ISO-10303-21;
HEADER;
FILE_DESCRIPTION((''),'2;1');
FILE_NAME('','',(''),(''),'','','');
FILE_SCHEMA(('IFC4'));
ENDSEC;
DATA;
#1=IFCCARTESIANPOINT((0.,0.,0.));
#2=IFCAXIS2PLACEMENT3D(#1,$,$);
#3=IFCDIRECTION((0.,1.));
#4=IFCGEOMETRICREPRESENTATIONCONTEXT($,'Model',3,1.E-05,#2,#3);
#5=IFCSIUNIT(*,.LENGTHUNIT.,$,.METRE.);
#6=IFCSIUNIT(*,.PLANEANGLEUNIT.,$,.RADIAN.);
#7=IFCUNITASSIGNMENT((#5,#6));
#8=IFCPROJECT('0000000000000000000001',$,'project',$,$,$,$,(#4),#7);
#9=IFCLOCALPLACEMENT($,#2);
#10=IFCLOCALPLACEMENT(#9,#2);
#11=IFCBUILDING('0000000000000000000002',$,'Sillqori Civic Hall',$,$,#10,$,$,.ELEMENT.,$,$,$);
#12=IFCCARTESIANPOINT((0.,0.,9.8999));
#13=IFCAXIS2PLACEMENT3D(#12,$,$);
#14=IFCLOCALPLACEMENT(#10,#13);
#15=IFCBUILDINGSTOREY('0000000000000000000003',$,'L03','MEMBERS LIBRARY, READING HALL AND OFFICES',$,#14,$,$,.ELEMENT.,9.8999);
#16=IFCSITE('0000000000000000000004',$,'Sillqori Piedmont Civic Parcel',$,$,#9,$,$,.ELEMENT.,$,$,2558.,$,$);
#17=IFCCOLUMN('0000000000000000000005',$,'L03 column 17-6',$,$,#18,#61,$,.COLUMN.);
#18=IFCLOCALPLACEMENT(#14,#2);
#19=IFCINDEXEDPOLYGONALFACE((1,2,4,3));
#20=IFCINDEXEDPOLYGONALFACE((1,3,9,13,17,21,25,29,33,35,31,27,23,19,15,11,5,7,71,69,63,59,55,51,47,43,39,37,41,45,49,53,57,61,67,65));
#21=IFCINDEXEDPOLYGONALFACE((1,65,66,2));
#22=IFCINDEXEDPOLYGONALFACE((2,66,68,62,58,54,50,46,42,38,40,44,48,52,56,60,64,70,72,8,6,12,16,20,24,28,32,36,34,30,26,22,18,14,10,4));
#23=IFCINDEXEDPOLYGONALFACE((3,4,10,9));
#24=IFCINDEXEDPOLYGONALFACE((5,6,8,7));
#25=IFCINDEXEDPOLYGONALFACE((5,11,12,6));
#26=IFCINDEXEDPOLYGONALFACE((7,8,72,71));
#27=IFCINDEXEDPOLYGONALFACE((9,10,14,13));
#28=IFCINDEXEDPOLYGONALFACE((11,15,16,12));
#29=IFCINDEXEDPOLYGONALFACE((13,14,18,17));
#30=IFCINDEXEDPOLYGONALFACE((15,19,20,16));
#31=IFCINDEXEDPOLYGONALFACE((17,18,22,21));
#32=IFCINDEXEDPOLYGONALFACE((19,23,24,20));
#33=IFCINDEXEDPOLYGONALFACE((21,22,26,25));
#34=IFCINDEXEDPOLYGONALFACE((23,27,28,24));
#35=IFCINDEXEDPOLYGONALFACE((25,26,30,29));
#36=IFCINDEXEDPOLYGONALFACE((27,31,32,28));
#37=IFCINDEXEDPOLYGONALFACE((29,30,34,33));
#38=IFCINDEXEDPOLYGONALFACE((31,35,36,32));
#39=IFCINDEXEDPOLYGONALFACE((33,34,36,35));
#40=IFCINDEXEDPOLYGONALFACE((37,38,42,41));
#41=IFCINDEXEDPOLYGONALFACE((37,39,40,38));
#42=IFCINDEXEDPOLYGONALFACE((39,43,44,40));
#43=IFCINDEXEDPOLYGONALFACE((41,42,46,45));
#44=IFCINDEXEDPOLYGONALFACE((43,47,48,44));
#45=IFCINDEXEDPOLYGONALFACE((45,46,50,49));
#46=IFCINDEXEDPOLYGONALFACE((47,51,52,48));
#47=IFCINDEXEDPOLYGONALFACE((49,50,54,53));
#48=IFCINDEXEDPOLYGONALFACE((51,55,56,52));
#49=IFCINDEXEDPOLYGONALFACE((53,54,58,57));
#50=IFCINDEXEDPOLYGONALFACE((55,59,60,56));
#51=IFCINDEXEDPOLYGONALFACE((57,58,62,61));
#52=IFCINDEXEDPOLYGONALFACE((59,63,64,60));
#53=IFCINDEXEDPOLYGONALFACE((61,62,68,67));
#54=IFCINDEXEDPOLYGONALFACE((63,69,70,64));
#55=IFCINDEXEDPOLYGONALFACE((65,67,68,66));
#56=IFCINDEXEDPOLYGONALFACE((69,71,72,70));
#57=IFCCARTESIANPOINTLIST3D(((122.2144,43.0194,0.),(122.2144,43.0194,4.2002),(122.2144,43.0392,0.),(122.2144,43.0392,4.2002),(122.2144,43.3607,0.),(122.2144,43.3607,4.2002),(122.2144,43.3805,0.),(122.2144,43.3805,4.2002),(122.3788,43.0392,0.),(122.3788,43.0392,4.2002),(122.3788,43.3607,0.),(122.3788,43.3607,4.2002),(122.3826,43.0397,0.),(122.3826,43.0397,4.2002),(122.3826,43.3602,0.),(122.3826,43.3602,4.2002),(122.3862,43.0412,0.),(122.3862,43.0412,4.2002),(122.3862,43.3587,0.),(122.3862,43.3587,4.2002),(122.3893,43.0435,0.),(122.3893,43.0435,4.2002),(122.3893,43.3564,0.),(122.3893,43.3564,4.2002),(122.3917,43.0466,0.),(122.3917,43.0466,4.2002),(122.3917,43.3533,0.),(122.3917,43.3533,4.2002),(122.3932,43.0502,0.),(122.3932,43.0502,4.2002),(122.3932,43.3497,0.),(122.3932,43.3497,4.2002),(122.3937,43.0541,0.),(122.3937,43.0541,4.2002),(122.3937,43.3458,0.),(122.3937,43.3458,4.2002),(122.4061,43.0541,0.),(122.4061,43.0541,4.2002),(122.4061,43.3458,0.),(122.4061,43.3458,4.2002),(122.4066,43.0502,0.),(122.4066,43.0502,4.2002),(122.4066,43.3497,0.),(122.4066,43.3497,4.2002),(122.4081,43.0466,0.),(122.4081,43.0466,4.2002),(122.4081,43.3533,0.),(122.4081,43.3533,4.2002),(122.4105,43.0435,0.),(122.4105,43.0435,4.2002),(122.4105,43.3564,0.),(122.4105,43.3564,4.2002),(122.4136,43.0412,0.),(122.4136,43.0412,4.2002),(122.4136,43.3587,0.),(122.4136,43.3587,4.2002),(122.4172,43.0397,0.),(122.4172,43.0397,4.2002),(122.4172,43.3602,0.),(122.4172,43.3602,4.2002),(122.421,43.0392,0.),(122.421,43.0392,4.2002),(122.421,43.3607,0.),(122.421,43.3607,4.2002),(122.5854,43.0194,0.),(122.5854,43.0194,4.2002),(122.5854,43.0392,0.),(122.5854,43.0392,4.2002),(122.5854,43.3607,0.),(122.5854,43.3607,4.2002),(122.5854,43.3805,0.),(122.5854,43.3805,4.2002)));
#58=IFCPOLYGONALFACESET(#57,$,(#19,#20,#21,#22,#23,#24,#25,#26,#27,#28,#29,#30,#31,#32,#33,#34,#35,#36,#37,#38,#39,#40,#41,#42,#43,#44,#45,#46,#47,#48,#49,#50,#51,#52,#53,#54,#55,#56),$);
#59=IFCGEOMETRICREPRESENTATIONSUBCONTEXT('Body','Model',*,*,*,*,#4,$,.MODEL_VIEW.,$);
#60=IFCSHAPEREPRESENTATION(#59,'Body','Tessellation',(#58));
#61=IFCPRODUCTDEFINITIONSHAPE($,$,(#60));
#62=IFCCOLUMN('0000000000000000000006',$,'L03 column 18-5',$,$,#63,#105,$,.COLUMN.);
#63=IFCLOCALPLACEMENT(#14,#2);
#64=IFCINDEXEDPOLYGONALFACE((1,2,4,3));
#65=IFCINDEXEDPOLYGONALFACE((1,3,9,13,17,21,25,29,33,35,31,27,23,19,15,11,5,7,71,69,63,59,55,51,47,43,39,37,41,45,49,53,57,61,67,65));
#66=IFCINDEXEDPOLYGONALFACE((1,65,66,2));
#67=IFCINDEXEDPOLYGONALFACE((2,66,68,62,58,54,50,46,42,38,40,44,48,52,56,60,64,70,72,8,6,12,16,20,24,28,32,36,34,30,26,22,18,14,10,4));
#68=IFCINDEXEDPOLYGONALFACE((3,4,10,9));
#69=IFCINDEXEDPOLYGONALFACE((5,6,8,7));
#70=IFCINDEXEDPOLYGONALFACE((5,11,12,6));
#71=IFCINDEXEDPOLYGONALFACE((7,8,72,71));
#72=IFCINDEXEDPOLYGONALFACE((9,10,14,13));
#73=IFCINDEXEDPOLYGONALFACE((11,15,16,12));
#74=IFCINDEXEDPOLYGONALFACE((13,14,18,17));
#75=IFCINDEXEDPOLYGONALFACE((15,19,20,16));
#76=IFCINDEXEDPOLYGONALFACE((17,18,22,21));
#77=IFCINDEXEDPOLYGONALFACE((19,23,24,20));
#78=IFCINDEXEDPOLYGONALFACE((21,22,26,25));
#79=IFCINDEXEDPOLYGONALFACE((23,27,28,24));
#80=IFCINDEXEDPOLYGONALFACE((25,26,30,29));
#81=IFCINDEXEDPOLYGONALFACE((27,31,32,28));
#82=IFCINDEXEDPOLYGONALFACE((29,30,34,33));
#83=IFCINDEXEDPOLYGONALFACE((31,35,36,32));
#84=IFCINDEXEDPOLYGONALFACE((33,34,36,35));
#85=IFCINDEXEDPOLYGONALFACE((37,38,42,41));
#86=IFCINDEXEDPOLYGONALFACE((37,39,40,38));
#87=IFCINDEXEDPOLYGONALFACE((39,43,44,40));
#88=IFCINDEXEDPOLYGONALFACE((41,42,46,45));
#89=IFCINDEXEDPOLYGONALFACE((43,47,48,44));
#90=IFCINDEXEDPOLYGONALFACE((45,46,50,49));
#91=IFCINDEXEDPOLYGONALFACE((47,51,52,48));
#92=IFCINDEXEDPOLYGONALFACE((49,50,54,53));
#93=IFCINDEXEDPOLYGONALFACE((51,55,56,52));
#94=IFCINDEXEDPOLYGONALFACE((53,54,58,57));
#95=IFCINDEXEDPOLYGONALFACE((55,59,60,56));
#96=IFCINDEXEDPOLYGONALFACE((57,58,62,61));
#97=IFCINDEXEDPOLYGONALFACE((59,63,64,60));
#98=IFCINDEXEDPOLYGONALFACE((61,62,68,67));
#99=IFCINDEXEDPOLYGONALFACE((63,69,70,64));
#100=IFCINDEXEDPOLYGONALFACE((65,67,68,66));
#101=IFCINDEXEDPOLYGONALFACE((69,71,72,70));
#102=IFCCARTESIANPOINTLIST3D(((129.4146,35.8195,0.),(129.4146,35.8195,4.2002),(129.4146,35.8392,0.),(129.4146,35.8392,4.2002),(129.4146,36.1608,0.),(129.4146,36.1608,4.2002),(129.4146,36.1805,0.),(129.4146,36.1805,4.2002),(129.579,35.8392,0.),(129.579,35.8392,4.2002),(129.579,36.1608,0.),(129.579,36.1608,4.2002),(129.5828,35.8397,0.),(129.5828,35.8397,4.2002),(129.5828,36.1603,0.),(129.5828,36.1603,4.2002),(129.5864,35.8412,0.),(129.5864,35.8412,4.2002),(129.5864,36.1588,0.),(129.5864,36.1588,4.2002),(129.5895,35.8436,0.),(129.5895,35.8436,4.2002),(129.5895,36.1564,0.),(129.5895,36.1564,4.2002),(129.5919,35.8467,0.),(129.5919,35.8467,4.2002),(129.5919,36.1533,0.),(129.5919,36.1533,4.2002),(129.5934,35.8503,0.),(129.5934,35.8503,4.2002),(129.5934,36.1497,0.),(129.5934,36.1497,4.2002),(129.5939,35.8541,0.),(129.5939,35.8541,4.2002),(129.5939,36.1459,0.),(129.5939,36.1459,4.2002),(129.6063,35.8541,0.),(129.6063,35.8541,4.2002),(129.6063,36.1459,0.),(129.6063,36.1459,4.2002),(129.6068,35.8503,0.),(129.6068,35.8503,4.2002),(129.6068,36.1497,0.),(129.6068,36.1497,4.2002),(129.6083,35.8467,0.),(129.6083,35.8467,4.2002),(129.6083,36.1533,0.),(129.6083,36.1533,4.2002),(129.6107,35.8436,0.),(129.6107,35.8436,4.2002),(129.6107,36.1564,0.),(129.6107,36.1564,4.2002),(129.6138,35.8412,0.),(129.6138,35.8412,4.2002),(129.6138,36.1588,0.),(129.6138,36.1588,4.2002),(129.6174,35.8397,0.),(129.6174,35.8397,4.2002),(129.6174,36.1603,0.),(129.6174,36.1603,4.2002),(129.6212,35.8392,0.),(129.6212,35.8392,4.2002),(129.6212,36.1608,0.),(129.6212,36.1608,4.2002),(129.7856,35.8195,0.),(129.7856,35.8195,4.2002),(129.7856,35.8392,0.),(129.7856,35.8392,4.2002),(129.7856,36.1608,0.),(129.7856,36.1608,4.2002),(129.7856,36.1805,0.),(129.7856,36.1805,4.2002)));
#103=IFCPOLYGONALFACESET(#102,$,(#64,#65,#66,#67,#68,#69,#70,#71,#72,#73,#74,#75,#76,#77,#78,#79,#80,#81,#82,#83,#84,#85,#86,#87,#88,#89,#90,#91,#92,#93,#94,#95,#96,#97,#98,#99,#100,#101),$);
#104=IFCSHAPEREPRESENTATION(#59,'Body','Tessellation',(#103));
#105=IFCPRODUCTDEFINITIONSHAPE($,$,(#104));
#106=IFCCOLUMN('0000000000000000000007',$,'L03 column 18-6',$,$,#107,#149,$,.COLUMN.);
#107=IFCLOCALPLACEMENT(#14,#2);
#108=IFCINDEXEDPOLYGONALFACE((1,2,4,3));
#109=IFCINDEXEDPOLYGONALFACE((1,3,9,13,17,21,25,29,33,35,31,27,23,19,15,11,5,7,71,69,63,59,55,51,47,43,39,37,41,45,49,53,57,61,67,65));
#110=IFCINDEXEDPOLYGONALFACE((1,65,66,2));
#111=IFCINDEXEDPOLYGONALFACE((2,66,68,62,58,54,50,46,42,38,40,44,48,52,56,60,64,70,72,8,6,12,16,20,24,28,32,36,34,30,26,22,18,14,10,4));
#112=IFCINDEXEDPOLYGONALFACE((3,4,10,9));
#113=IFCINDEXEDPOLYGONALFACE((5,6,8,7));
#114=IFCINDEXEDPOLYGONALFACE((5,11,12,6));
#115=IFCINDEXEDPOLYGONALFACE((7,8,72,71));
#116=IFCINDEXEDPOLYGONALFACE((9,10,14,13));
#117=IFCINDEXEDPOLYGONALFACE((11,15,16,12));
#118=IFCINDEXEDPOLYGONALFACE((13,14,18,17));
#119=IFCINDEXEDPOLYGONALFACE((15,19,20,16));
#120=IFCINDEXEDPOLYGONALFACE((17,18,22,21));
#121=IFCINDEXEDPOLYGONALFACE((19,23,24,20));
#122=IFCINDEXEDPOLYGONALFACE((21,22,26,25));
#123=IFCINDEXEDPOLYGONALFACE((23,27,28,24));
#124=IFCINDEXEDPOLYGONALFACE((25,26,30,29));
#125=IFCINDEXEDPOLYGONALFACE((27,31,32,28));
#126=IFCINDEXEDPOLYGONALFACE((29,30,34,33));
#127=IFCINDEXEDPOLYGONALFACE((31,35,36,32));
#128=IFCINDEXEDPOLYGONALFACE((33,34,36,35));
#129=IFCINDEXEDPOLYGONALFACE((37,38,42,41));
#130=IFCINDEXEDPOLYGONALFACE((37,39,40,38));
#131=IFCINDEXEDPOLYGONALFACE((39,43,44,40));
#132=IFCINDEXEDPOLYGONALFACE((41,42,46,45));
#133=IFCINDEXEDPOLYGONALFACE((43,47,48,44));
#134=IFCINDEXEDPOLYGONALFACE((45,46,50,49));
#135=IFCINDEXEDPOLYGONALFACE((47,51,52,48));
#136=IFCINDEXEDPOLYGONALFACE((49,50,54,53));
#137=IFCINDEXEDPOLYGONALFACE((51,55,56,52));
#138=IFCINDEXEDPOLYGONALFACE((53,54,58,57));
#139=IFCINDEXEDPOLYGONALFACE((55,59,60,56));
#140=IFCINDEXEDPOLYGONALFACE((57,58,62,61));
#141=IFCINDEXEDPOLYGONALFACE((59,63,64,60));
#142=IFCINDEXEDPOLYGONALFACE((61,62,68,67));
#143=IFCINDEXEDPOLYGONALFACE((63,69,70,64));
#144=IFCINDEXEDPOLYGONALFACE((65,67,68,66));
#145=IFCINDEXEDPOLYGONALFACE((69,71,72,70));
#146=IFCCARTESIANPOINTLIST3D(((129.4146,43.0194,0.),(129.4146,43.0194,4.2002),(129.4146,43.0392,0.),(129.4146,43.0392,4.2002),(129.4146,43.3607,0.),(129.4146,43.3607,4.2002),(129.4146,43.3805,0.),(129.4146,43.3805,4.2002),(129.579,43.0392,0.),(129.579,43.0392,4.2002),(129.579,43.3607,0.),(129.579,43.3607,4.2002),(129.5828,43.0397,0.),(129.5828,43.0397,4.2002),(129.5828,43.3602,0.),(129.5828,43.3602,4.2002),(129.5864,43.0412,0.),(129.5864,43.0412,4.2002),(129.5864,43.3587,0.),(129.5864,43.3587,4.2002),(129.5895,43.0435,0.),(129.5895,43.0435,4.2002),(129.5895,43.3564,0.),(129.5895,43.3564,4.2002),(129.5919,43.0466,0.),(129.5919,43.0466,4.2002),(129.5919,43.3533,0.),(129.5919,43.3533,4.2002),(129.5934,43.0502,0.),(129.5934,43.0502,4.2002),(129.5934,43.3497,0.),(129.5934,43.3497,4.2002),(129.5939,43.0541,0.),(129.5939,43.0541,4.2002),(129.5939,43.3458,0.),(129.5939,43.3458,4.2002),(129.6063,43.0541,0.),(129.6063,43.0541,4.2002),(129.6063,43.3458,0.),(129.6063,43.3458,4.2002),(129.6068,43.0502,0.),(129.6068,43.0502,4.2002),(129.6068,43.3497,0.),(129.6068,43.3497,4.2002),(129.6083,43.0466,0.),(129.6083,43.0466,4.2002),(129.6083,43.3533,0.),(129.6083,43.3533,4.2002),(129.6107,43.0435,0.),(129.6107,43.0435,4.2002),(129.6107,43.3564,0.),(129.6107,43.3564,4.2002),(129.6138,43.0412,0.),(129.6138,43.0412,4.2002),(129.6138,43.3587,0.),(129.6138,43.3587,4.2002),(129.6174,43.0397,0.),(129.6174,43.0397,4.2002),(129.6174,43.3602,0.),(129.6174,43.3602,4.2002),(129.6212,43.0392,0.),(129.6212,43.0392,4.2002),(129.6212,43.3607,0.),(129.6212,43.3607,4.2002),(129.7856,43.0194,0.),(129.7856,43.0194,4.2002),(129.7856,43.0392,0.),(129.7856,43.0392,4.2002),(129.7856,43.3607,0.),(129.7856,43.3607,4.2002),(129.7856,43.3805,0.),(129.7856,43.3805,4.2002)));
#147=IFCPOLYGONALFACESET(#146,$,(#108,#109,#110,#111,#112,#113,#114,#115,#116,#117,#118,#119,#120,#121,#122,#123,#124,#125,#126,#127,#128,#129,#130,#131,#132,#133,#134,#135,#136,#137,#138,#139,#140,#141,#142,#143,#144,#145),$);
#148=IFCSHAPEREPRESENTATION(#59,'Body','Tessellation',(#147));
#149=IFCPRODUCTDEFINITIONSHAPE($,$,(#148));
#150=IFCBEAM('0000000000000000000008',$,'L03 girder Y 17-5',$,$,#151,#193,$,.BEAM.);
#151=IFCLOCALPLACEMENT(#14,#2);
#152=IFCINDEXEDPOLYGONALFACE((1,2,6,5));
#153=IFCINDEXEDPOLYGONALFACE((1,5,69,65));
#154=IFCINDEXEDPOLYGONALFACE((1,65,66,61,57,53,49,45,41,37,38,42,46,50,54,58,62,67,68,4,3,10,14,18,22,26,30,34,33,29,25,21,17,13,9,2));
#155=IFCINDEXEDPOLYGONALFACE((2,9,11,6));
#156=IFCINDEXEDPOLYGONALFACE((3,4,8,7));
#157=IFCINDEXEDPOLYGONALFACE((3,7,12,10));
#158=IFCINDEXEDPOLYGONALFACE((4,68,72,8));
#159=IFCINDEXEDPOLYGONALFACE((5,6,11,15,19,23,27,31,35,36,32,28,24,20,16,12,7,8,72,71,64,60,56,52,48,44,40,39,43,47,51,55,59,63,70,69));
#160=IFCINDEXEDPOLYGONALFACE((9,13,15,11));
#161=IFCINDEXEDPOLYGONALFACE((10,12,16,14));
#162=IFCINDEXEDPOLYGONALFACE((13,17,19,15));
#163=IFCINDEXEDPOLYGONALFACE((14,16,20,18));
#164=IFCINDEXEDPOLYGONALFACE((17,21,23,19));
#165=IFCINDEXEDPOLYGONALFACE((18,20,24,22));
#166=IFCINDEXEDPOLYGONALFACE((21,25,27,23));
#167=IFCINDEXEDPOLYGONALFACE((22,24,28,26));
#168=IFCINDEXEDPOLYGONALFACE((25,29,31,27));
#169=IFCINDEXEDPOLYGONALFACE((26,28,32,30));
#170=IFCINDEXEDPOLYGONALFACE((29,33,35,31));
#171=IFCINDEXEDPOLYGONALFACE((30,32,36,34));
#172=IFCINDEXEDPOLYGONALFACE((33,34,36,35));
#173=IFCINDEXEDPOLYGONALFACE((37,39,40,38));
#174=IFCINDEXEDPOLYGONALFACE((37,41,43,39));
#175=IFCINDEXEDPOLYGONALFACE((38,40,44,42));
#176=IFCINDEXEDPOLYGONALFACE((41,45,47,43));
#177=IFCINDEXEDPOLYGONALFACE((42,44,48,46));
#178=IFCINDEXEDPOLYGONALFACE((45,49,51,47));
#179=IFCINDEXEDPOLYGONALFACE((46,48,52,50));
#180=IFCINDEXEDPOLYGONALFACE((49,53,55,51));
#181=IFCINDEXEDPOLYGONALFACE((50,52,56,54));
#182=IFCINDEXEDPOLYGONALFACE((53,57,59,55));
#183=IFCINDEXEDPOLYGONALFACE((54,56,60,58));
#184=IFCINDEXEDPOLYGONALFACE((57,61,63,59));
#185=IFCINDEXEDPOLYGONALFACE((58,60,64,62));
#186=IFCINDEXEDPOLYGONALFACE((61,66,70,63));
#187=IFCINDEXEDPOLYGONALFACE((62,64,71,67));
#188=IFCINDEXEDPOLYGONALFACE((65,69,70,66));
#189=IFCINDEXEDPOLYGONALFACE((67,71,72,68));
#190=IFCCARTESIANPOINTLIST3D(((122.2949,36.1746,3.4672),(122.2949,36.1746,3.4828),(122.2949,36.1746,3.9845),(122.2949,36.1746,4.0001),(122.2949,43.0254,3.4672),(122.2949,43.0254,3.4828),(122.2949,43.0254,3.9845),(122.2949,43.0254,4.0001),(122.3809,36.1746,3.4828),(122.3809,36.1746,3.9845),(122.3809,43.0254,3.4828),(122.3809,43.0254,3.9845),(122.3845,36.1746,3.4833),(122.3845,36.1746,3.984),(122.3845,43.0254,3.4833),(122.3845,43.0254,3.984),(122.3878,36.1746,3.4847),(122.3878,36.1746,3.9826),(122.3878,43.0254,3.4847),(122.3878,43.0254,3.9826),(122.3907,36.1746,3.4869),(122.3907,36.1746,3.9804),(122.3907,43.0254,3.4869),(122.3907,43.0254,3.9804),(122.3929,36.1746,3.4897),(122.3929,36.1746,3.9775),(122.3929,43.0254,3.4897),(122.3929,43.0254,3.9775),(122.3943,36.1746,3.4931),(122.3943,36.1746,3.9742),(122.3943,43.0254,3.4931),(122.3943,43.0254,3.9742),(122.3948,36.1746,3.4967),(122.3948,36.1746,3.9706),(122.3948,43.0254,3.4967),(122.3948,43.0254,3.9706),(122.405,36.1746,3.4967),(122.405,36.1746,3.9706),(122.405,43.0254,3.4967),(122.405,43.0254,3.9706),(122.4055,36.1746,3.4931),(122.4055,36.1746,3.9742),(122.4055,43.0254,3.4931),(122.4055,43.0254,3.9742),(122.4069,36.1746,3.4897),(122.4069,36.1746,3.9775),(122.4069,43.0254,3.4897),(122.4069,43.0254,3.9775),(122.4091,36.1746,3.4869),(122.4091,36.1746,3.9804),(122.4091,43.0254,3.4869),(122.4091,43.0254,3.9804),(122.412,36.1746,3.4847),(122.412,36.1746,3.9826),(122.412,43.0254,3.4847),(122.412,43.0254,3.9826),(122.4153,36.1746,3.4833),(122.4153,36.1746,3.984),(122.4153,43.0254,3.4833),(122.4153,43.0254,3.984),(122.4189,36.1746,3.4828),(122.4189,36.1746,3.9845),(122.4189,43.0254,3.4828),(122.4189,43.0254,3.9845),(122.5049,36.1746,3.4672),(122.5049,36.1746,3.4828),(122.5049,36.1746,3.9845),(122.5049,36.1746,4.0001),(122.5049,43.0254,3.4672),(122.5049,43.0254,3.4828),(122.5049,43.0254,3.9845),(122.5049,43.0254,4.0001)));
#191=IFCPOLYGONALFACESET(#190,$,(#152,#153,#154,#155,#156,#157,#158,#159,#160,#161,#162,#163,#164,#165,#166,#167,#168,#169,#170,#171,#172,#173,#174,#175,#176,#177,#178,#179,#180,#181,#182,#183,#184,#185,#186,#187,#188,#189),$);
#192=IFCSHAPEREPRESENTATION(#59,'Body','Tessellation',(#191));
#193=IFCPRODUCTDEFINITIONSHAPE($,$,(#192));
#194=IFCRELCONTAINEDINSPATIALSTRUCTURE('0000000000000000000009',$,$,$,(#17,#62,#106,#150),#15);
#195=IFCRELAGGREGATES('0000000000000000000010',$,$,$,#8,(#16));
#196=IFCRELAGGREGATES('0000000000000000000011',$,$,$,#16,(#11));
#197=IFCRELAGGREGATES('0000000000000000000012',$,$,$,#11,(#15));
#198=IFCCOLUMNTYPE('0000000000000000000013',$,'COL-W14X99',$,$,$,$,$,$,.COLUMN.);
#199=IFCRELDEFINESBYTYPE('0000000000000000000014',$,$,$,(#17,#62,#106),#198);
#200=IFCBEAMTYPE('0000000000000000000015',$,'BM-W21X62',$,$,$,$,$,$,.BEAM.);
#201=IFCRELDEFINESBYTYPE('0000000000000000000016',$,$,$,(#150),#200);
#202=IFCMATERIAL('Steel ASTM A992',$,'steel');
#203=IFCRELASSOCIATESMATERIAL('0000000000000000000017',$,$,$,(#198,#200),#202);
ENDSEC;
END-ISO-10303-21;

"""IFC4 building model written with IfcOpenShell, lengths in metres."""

from ifc_helpers import new_model, si_unit, direction, frame, origin, origin_2d, place, context, subcontext, project, spatial, i_section, extrude, material, material_profile, profile_set, type_object, element, save


model = new_model("IFC4")

# Units and contexts
model_context = context("Model", 3, precision=1e-05, world=origin(), true_north=direction((0.0, 1.0)))
body_context = subcontext(model_context, "Body", "Model", "MODEL_VIEW")
ifc_project = project(units=[si_unit("LENGTHUNIT", "METRE"), si_unit("PLANEANGLEUNIT", "RADIAN")], contexts=[model_context])

# Site, building, storey
site_placement = place(None, origin())
site = spatial("IfcSite", under=ifc_project, at=site_placement, Name="Sillqori Piedmont Civic Parcel", CompositionType="ELEMENT", RefElevation=2558.0)
building_placement = place(site_placement, origin())
building = spatial("IfcBuilding", under=site, at=building_placement, Name="Sillqori Civic Hall", CompositionType="ELEMENT")
storey_placement = place(building_placement, frame((0.0, 0.0, 9.8999)))
storey = spatial("IfcBuildingStorey", under=building, at=storey_placement, Name="L03", Description="MEMBERS LIBRARY, READING HALL AND OFFICES", CompositionType="ELEMENT", Elevation=9.8999)

# Columns
ifc_material_1 = material(Name="Steel ASTM A992", Category="steel")
ifc_material_profile_1 = material_profile(ifc_material_1, i_section(OverallWidth=0.3711, OverallDepth=0.3611, WebThickness=0.0125, FlangeThickness=0.0198, FilletRadius=0.0149, at=origin_2d()), Name="W14X99")
ifc_profile_set_1 = profile_set([ifc_material_profile_1], Name="Steel ASTM A992")
column_type = type_object("IfcColumnType", Name="COL-W14X99", PredefinedType="COLUMN", material=ifc_profile_set_1)
for number, where, z_axis, x_axis, name in (
    (1, (122.3999, 43.2, 0.0), (0.0, 0.0, 1.0), (1.0, 0.0, 0.0), "L03 column 17-6"),
    (2, (129.6001, 36.0, 0.0), (0.0, 0.0, 1.0), (1.0, 0.0, 0.0), "L03 column 18-5"),
    (3, (129.6001, 43.2, 0.0), (0.0, 0.0, 1.0), (1.0, 0.0, 0.0), "L03 column 18-6"),
):
    element("IfcColumn", number, at=place(storey_placement, frame(where, z_axis=z_axis, x_axis=x_axis)), inside=storey, type_object=column_type, Name=name, PredefinedType="COLUMN", context=body_context, shape_type="SweptSolid", body=[
        extrude(i_section(OverallWidth=0.3711, OverallDepth=0.3611, WebThickness=0.0125, FlangeThickness=0.0198, FilletRadius=0.0149, at=origin_2d()), origin(), (0.0, 0.0, 1.0), 4.2002),
    ])

# Beam
ifc_material_profile_2 = material_profile(ifc_material_1, i_section(OverallWidth=0.21, OverallDepth=0.533, WebThickness=0.0103, FlangeThickness=0.0156, FilletRadius=0.0139, at=origin_2d()), Name="W21X62")
ifc_profile_set_2 = profile_set([ifc_material_profile_2], Name="Steel ASTM A992")
beam_type_1 = type_object("IfcBeamType", Name="BM-W21X62", PredefinedType="BEAM", material=ifc_profile_set_2)
for number, where, z_axis, x_axis, name in (
    (4, (122.3999, 36.1746, 3.7336), (0.0, 1.0, 0.0), (-1.0, 0.0, 0.0), "L03 girder Y 17-5"),
):
    element("IfcBeam", number, at=place(storey_placement, frame(where, z_axis=z_axis, x_axis=x_axis)), inside=storey, type_object=beam_type_1, Name=name, PredefinedType="BEAM", context=body_context, shape_type="SweptSolid", body=[
        extrude(i_section(OverallWidth=0.21, OverallDepth=0.533, WebThickness=0.0103, FlangeThickness=0.0156, FilletRadius=0.0139, at=origin_2d()), origin(), (0.0, 0.0, 1.0), 6.8508),
    ])

save(model, "model.ifc")
